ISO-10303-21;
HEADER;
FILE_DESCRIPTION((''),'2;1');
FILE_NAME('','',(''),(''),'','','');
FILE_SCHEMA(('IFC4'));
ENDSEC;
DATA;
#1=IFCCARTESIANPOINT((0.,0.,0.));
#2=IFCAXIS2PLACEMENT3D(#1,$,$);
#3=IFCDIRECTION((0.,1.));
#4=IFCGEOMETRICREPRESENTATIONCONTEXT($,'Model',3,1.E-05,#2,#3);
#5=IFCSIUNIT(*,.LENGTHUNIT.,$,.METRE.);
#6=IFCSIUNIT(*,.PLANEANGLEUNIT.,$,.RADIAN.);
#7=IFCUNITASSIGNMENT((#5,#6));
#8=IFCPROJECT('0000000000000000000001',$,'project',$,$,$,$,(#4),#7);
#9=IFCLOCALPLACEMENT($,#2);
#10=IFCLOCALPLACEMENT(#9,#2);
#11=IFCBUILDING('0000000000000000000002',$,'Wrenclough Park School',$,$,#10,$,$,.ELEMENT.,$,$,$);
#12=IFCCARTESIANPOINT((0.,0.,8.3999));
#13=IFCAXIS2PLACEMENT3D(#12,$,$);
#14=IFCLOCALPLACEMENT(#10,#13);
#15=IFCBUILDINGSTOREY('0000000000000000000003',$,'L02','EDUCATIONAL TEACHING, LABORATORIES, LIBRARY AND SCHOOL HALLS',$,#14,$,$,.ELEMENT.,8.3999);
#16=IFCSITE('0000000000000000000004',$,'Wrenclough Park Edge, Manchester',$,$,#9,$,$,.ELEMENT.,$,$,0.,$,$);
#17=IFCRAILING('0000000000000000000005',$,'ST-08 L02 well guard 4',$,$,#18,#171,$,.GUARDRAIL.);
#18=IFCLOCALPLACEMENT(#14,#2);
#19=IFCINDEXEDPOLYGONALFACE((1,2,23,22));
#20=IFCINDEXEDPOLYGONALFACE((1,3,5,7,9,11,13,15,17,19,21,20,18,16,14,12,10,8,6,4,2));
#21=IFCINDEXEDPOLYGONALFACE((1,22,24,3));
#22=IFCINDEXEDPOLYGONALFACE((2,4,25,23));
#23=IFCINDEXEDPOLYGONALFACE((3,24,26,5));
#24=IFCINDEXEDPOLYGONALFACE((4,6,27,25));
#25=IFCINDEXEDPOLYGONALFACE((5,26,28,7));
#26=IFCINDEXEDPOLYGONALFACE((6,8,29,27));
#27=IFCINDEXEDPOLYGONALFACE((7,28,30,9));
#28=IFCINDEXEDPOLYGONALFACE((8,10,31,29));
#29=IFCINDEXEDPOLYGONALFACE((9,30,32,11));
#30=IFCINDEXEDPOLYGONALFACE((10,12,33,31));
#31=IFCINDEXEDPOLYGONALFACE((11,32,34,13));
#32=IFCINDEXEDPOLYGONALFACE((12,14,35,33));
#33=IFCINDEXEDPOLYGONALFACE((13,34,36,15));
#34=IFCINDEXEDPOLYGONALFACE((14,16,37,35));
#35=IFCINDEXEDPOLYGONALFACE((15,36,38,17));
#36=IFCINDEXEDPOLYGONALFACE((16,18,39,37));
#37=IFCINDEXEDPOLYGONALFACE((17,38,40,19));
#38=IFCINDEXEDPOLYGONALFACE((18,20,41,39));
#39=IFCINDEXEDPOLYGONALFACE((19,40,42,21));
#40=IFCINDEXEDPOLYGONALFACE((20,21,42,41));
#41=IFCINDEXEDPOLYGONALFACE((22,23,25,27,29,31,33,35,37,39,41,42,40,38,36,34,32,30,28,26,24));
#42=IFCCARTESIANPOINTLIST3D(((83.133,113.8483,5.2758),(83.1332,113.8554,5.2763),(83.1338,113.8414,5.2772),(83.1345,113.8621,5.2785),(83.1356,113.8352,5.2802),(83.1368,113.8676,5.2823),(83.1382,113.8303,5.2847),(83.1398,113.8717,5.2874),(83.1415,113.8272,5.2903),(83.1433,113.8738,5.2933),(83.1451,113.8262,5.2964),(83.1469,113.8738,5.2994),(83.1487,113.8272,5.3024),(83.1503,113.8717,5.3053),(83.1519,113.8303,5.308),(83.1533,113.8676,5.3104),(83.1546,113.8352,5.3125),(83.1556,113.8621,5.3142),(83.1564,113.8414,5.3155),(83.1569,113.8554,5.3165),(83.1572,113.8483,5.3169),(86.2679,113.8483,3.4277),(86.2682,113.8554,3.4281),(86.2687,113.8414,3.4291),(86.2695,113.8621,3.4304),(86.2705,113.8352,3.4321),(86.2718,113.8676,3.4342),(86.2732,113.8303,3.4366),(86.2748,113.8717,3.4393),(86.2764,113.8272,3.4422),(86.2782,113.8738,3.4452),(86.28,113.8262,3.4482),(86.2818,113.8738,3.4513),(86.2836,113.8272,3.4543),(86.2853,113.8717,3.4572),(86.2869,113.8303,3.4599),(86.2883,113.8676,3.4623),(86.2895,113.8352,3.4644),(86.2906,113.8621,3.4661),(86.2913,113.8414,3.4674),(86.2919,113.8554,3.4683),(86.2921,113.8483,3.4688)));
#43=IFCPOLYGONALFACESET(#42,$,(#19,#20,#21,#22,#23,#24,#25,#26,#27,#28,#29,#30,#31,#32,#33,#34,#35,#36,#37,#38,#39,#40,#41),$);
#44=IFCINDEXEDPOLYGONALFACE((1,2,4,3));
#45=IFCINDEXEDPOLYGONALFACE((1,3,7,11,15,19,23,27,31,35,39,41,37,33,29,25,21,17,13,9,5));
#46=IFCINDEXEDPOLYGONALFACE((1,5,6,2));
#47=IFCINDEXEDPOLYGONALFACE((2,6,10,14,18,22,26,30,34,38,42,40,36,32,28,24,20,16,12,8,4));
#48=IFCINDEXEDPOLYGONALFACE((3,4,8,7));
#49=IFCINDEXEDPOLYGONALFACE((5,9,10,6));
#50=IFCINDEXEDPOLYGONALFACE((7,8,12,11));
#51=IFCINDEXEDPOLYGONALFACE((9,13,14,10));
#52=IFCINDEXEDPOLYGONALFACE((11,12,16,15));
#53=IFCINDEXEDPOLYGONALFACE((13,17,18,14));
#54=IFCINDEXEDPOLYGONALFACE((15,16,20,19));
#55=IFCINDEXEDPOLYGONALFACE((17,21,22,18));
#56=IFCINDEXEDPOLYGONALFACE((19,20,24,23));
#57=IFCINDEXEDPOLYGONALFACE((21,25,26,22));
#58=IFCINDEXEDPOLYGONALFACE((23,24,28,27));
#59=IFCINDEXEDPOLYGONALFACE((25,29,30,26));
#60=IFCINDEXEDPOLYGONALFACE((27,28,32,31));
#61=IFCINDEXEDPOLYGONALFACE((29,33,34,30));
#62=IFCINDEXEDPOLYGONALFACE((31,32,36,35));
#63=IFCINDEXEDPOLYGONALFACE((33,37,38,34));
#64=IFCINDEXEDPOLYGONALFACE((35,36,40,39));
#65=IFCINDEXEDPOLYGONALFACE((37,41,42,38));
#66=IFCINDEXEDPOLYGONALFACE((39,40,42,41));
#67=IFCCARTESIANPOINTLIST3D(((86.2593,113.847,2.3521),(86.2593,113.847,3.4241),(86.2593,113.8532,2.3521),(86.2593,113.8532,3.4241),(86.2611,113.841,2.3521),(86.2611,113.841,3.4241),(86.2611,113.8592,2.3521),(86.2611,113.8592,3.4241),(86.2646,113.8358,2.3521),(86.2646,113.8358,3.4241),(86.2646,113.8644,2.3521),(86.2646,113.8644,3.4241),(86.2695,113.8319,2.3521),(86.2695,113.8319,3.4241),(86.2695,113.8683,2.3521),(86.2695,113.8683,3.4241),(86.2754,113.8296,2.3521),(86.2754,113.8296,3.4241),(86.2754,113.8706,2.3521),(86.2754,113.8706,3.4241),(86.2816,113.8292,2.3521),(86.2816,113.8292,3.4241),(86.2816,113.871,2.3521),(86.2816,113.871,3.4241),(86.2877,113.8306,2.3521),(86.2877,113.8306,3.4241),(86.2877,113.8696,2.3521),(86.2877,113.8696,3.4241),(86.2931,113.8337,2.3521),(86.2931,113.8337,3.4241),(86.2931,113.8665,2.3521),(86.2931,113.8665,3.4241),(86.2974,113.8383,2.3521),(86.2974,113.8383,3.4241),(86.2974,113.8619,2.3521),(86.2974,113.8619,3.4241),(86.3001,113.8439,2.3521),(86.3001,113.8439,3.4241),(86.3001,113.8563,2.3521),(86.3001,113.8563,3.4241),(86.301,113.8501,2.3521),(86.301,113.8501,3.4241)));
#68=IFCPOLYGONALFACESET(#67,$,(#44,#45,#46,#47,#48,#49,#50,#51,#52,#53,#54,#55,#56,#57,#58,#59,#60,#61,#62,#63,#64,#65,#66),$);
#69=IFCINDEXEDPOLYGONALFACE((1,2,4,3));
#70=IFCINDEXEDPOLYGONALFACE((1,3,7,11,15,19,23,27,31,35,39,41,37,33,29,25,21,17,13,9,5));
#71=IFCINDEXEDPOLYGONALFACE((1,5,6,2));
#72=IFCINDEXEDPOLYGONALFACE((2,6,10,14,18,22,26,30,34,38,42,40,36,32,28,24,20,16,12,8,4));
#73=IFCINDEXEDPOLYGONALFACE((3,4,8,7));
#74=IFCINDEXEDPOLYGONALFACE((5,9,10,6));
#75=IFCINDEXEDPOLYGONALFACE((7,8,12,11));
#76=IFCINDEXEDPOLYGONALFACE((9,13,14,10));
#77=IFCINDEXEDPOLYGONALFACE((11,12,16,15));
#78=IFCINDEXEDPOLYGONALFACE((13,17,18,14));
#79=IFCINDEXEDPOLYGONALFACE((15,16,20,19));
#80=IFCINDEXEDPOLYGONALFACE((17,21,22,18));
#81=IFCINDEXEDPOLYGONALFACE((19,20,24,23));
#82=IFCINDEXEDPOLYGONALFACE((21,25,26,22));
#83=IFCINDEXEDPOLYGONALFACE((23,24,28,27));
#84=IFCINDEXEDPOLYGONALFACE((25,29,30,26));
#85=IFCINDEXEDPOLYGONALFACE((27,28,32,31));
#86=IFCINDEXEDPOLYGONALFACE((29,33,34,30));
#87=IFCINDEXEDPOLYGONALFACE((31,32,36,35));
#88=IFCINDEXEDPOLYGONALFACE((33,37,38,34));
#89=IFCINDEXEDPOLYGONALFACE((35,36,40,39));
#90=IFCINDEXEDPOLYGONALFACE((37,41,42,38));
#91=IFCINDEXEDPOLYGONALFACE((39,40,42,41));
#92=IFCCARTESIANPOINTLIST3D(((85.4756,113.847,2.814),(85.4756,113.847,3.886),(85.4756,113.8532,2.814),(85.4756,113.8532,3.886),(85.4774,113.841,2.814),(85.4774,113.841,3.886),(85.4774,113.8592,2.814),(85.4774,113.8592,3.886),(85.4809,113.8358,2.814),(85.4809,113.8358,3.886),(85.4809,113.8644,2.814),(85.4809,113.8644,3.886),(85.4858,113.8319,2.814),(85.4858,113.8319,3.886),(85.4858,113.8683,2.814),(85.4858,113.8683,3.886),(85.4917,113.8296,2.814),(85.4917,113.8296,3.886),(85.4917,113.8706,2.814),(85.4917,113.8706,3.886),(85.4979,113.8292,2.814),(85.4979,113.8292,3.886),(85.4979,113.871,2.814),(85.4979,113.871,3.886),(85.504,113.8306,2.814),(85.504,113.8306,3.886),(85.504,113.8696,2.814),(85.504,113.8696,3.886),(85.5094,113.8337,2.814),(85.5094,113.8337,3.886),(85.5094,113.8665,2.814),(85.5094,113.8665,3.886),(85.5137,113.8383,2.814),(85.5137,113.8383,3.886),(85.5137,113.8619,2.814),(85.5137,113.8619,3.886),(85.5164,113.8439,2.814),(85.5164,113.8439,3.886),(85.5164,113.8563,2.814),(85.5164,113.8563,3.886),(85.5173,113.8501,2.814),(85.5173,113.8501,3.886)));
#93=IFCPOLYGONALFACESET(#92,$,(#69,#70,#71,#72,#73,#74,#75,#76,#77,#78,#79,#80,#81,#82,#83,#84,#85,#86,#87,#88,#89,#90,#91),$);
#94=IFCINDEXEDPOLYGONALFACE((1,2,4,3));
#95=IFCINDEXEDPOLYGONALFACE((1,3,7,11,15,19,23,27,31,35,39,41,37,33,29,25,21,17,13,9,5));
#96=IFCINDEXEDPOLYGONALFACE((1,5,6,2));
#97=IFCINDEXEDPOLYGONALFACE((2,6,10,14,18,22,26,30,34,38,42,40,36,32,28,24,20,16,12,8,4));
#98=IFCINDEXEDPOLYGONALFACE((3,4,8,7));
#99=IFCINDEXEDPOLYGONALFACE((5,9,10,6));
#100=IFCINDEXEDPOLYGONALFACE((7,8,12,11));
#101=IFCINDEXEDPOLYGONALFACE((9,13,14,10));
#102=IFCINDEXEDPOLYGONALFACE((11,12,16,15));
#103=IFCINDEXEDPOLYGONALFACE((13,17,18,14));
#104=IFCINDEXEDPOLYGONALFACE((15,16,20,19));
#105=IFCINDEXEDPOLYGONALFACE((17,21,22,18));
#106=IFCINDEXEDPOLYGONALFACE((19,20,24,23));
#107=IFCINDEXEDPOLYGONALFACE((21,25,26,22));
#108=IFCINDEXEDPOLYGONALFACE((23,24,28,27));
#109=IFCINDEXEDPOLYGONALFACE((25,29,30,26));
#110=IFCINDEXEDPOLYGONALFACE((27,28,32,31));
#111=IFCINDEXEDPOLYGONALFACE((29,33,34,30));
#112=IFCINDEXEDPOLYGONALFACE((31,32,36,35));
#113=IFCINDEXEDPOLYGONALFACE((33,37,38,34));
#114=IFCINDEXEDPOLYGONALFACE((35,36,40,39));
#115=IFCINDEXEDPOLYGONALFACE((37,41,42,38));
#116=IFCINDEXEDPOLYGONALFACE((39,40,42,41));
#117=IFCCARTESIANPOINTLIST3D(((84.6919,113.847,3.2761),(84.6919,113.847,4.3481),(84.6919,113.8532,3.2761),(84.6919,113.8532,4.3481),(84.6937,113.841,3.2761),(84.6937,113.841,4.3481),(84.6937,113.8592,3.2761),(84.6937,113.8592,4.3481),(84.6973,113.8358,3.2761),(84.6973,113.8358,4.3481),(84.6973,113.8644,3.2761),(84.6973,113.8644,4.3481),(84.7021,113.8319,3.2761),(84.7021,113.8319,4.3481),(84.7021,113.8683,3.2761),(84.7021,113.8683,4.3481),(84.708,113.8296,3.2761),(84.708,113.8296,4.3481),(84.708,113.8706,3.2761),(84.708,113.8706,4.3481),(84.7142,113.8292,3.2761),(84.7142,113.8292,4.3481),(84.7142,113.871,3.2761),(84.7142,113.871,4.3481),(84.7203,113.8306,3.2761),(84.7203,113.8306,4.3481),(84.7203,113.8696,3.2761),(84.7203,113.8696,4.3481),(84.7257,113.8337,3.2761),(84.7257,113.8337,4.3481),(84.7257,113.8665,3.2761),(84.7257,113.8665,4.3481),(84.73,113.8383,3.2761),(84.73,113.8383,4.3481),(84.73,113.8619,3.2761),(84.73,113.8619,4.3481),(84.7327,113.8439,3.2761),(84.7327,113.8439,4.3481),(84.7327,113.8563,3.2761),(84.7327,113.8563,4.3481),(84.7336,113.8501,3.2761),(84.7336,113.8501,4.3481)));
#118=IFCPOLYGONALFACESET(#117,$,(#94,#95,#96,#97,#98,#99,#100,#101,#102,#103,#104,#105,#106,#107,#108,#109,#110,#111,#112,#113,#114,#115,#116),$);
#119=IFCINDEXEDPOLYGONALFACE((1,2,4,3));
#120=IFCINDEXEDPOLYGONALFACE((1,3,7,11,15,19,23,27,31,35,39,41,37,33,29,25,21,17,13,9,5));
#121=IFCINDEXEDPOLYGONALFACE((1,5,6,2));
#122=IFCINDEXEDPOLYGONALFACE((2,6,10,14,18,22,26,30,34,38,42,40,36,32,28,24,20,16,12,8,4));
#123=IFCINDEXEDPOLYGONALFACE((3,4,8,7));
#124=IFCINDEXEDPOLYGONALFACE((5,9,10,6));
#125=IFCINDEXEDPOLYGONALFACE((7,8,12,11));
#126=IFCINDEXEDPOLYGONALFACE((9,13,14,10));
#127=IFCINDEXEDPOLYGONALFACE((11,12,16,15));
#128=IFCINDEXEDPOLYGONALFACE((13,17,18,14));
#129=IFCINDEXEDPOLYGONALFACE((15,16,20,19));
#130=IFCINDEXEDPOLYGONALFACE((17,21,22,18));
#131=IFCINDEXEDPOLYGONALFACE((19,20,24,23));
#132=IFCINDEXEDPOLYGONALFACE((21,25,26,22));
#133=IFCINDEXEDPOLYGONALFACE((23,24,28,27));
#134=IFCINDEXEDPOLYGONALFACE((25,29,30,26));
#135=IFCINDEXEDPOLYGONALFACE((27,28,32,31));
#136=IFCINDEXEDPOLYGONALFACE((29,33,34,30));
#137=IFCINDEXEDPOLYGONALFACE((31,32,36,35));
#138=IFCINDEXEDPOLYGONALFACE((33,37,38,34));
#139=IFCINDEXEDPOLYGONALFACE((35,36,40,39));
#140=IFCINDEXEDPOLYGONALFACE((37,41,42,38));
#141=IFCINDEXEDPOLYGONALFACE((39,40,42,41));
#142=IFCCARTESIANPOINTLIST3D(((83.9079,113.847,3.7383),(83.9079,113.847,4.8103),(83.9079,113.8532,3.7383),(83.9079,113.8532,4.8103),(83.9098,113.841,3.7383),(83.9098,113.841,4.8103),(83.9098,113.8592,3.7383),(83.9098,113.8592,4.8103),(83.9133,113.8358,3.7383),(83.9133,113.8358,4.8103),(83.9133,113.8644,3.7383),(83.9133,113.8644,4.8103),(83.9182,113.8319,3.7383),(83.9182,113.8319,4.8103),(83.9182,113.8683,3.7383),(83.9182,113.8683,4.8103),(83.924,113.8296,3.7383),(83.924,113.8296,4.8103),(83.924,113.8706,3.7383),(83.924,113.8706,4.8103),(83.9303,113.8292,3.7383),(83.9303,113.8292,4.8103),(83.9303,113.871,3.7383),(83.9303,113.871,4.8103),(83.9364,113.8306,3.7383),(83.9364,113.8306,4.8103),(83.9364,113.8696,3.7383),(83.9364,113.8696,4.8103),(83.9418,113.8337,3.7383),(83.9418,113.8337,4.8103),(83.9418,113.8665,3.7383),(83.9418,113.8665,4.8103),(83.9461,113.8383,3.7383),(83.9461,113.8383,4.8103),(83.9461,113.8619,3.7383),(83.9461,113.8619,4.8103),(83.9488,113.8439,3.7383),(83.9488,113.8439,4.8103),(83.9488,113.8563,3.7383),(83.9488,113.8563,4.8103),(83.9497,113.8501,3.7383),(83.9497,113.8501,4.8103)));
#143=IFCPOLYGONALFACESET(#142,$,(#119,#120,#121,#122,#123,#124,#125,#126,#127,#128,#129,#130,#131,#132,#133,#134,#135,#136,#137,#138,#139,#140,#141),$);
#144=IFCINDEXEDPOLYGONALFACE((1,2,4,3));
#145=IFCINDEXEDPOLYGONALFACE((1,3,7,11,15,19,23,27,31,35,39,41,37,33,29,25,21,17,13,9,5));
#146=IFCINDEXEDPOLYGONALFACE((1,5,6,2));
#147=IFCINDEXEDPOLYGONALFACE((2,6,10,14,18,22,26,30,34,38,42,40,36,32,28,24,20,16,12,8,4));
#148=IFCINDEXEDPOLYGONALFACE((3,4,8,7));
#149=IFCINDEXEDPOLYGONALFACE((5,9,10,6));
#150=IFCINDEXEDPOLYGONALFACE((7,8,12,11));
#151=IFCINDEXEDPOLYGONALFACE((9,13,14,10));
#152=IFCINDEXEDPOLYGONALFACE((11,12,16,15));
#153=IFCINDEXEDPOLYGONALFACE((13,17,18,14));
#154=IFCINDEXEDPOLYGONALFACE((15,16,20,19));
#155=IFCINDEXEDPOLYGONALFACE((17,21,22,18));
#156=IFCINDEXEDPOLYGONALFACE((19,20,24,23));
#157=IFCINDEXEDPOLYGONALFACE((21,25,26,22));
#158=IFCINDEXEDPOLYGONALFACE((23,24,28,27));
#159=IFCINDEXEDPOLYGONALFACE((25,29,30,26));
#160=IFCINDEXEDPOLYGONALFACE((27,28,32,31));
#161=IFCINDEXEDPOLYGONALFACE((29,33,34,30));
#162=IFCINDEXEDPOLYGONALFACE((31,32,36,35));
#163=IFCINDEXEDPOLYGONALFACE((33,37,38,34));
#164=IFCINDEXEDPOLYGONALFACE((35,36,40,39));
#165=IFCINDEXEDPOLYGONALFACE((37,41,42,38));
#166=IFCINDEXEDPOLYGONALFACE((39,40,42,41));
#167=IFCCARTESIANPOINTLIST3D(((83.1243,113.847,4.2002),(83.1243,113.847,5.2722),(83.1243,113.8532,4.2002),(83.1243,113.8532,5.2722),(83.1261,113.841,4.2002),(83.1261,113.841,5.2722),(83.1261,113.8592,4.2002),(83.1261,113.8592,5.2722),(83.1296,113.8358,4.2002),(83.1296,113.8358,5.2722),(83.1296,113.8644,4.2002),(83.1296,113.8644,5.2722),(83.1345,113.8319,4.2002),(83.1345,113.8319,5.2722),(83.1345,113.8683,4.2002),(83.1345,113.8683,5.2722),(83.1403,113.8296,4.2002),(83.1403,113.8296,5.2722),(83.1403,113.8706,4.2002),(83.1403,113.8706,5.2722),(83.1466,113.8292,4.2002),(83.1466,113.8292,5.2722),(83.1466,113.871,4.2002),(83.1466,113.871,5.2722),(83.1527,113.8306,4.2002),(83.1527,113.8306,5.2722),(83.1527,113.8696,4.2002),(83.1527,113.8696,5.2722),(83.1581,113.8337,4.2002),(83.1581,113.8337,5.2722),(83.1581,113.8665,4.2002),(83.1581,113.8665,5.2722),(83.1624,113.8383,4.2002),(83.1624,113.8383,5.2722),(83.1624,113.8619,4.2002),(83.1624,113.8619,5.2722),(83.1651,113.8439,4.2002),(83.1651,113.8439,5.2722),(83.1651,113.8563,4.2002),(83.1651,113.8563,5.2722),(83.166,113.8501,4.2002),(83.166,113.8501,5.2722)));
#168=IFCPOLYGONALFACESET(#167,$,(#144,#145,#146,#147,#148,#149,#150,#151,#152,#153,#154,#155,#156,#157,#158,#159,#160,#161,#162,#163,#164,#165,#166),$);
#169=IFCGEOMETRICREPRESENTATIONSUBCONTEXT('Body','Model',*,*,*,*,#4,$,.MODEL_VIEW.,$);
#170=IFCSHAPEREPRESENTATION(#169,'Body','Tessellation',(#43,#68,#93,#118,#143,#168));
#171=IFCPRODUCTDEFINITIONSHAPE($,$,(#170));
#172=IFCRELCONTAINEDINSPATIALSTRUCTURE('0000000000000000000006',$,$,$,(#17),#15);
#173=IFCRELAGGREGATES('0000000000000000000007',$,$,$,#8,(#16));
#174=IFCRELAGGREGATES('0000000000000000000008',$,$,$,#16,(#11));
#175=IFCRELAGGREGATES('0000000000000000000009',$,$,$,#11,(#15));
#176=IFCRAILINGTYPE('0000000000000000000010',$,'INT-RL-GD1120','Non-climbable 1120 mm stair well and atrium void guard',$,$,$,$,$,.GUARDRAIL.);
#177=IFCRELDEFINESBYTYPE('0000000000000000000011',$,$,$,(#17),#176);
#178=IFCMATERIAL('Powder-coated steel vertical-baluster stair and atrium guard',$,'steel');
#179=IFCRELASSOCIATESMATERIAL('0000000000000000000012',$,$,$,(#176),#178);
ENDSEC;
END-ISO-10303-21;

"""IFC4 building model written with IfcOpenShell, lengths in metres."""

from ifc_helpers import new_model, si_unit, direction, frame, origin, origin_2d, place, context, subcontext, project, spatial, circle, extrude, material, type_object, element, save


model = new_model("IFC4")

# Units and contexts
model_context = context("Model", 3, precision=1e-05, world=origin(), true_north=direction((0.0, 1.0)))
body_context = subcontext(model_context, "Body", "Model", "MODEL_VIEW")
ifc_project = project(units=[si_unit("LENGTHUNIT", "METRE"), si_unit("PLANEANGLEUNIT", "RADIAN")], contexts=[model_context])

# Site, building, storey
site_placement = place(None, origin())
site = spatial("IfcSite", under=ifc_project, at=site_placement, Name="Wrenclough Park Edge, Manchester", CompositionType="ELEMENT", RefElevation=0.0)
building_placement = place(site_placement, origin())
building = spatial("IfcBuilding", under=site, at=building_placement, Name="Wrenclough Park School", CompositionType="ELEMENT")
storey_placement = place(building_placement, frame((0.0, 0.0, 8.3999)))
storey = spatial("IfcBuildingStorey", under=building, at=storey_placement, Name="L02", Description="EDUCATIONAL TEACHING, LABORATORIES, LIBRARY AND SCHOOL HALLS", CompositionType="ELEMENT", Elevation=8.3999)

# Railing
ifc_material_1 = material(Name="Powder-coated steel vertical-baluster stair and atrium guard", Category="steel")
railing_type_1 = type_object("IfcRailingType", Name="INT-RL-GD1120", Description="Non-climbable 1120 mm stair well and atrium void guard", PredefinedType="GUARDRAIL", material=ifc_material_1)
railing_1_placement = place(storey_placement, frame((86.28, 113.8501, 2.3521)))
element("IfcRailing", 1, at=railing_1_placement, inside=storey, type_object=railing_type_1, Name="ST-08 L02 well guard 4", PredefinedType="GUARDRAIL", context=body_context, shape_type="SweptSolid", body=[
    extrude(circle(Radius=0.0239, at=origin_2d()), frame((0.0, 0.0, 1.0962), z_axis=(-0.861451, 0.0, 0.507841), x_axis=(0.0, -1.0, 0.0)), (0.0, 0.0, 1.0), 3.6392),
    extrude(circle(Radius=0.021, at=origin_2d()), origin(), (0.0, 0.0, 1.0), 1.072),
    extrude(circle(Radius=0.021, at=origin_2d()), frame((-0.7837, 0.0, 0.4619)), (0.0, 0.0, 1.0), 1.072),
    extrude(circle(Radius=0.021, at=origin_2d()), frame((-1.5674, 0.0, 0.9241)), (0.0, 0.0, 1.0), 1.072),
    extrude(circle(Radius=0.021, at=origin_2d()), frame((-2.3513, 0.0, 1.3862)), (0.0, 0.0, 1.0), 1.072),
    extrude(circle(Radius=0.021, at=origin_2d()), frame((-3.135, 0.0, 1.8481)), (0.0, 0.0, 1.0), 1.072),
])

save(model, "model.ifc")
